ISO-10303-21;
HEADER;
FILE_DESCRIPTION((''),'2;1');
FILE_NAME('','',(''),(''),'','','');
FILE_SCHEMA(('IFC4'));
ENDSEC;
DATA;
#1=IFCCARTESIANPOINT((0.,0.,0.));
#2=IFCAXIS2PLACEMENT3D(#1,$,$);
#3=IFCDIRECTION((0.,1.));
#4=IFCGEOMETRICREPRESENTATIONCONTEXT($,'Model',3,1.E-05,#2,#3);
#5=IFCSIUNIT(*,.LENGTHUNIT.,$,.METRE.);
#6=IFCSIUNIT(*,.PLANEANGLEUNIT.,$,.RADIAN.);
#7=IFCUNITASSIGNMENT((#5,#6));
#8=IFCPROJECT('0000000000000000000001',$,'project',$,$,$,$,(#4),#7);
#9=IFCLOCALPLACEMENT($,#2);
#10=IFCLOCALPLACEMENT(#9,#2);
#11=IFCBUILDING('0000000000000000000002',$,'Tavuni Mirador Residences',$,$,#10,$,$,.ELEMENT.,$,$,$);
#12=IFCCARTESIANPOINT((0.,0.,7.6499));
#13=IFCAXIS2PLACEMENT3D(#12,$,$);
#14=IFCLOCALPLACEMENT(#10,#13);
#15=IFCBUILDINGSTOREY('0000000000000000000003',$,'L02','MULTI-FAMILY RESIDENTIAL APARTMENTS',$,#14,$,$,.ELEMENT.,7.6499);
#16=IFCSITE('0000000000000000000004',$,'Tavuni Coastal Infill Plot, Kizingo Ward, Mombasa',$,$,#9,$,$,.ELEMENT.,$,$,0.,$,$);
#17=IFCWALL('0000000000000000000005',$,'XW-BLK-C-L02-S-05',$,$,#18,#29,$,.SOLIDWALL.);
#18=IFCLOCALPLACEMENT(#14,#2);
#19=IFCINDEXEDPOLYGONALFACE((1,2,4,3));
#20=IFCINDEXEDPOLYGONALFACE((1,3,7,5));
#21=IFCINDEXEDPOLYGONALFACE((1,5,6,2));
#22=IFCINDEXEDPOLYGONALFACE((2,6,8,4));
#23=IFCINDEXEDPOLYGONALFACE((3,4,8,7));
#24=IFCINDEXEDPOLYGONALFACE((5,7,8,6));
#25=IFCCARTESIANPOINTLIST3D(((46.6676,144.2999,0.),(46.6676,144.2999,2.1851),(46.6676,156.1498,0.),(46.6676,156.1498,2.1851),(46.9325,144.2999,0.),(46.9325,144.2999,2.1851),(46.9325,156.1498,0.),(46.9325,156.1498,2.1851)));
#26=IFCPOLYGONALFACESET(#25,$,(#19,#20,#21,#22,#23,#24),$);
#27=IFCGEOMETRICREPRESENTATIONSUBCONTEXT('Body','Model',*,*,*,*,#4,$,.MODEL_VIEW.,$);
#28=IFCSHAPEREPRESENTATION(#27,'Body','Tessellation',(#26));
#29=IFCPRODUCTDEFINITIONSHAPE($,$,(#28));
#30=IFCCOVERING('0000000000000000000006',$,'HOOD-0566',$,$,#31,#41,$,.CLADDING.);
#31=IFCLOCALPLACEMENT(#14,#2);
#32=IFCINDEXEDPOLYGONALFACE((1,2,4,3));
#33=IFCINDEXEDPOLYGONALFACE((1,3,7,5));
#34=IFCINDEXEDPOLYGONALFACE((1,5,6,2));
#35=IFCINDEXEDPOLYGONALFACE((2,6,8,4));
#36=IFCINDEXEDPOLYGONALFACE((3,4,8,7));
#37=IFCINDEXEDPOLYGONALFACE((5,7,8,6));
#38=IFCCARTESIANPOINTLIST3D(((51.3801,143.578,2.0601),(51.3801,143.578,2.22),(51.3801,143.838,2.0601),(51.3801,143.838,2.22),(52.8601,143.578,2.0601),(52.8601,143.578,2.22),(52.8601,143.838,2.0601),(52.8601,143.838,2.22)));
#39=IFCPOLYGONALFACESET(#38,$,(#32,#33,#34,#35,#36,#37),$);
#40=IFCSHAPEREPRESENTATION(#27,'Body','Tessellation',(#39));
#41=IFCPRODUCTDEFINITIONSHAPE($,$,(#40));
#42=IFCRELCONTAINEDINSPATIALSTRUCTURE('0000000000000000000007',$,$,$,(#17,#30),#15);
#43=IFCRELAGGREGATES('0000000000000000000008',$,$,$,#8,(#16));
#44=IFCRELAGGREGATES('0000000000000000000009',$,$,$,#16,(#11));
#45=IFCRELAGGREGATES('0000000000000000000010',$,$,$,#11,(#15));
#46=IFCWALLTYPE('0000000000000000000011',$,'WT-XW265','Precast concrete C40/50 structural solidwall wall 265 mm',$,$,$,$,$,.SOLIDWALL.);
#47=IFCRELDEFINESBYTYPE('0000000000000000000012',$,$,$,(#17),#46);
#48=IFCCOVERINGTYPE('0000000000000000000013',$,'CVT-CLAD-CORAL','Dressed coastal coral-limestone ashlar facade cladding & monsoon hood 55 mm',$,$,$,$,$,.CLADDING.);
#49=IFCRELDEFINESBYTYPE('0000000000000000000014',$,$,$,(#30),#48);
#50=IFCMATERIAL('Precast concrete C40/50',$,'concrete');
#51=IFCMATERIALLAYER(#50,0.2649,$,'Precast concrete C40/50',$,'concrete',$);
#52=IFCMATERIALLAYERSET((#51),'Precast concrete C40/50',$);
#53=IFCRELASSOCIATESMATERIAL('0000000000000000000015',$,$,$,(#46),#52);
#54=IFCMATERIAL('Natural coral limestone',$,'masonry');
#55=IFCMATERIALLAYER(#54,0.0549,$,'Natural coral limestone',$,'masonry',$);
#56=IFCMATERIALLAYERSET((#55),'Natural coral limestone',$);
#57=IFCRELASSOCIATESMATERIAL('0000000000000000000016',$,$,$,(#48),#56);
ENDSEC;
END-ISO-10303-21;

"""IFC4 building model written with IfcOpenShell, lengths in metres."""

from ifc_helpers import new_model, si_unit, direction, frame, frame_2d, origin, origin_2d, place, context, subcontext, project, spatial, rectangle, extrude, material, layer, layer_set, type_object, element, save


model = new_model("IFC4")

# Units and contexts
model_context = context("Model", 3, precision=1e-05, world=origin(), true_north=direction((0.0, 1.0)))
body_context = subcontext(model_context, "Body", "Model", "MODEL_VIEW")
ifc_project = project(units=[si_unit("LENGTHUNIT", "METRE"), si_unit("PLANEANGLEUNIT", "RADIAN")], contexts=[model_context])

# Site, building, storey
site_placement = place(None, origin())
site = spatial("IfcSite", under=ifc_project, at=site_placement, Name="Tavuni Coastal Infill Plot, Kizingo Ward, Mombasa", CompositionType="ELEMENT", RefElevation=0.0)
building_placement = place(site_placement, origin())
building = spatial("IfcBuilding", under=site, at=building_placement, Name="Tavuni Mirador Residences", CompositionType="ELEMENT")
storey_placement = place(building_placement, frame((0.0, 0.0, 7.6499)))
storey = spatial("IfcBuildingStorey", under=building, at=storey_placement, Name="L02", Description="MULTI-FAMILY RESIDENTIAL APARTMENTS", CompositionType="ELEMENT", Elevation=7.6499)

# Shared definitions
ifc_material_1 = material(Name="Precast concrete C40/50", Category="concrete")

# Wall
ifc_layer_1 = layer(ifc_material_1, 0.2649, Name="Precast concrete C40/50", Category="concrete")
ifc_layer_set_1 = layer_set([ifc_layer_1], Name="Precast concrete C40/50")
wall_type_1 = type_object("IfcWallType", Name="WT-XW265", Description="Precast concrete C40/50 structural solidwall wall 265 mm", PredefinedType="SOLIDWALL", material=ifc_layer_set_1)
wall_1_placement = place(storey_placement, frame((46.8, 144.3, 0.0), z_axis=(0.0, 0.0, 1.0), x_axis=(0.0, 1.0, 0.0)))
element("IfcWall", 1, at=wall_1_placement, inside=storey, type_object=wall_type_1, Name="XW-BLK-C-L02-S-05", PredefinedType="SOLIDWALL", context=body_context, shape_type="SweptSolid", body=[
    extrude(rectangle(XDim=11.8499, YDim=0.2649, at=frame_2d((5.9248, 0.0))), origin(), (0.0, 0.0, 1.0), 2.1851),
])

# Covering
ifc_material_2 = material(Name="Natural coral limestone", Category="masonry")
ifc_layer_2 = layer(ifc_material_2, 0.0549, Name="Natural coral limestone", Category="masonry")
ifc_layer_set_2 = layer_set([ifc_layer_2], Name="Natural coral limestone")
covering_type = type_object("IfcCoveringType", Name="CVT-CLAD-CORAL", Description="Dressed coastal coral-limestone ashlar facade cladding & monsoon hood 55 mm", PredefinedType="CLADDING", material=ifc_layer_set_2)
covering_placement = place(storey_placement, frame((52.1201, 143.708, 2.0601), z_axis=(0.0, 0.0, 1.0), x_axis=(1.0, 0.0, 0.0)))
element("IfcCovering", 2, at=covering_placement, inside=storey, type_object=covering_type, Name="HOOD-0566", PredefinedType="CLADDING", context=body_context, shape_type="SweptSolid", body=[
    extrude(rectangle(XDim=1.48, YDim=0.26, at=origin_2d()), origin(), (0.0, 0.0, 1.0), 0.1599),
])

save(model, "model.ifc")
